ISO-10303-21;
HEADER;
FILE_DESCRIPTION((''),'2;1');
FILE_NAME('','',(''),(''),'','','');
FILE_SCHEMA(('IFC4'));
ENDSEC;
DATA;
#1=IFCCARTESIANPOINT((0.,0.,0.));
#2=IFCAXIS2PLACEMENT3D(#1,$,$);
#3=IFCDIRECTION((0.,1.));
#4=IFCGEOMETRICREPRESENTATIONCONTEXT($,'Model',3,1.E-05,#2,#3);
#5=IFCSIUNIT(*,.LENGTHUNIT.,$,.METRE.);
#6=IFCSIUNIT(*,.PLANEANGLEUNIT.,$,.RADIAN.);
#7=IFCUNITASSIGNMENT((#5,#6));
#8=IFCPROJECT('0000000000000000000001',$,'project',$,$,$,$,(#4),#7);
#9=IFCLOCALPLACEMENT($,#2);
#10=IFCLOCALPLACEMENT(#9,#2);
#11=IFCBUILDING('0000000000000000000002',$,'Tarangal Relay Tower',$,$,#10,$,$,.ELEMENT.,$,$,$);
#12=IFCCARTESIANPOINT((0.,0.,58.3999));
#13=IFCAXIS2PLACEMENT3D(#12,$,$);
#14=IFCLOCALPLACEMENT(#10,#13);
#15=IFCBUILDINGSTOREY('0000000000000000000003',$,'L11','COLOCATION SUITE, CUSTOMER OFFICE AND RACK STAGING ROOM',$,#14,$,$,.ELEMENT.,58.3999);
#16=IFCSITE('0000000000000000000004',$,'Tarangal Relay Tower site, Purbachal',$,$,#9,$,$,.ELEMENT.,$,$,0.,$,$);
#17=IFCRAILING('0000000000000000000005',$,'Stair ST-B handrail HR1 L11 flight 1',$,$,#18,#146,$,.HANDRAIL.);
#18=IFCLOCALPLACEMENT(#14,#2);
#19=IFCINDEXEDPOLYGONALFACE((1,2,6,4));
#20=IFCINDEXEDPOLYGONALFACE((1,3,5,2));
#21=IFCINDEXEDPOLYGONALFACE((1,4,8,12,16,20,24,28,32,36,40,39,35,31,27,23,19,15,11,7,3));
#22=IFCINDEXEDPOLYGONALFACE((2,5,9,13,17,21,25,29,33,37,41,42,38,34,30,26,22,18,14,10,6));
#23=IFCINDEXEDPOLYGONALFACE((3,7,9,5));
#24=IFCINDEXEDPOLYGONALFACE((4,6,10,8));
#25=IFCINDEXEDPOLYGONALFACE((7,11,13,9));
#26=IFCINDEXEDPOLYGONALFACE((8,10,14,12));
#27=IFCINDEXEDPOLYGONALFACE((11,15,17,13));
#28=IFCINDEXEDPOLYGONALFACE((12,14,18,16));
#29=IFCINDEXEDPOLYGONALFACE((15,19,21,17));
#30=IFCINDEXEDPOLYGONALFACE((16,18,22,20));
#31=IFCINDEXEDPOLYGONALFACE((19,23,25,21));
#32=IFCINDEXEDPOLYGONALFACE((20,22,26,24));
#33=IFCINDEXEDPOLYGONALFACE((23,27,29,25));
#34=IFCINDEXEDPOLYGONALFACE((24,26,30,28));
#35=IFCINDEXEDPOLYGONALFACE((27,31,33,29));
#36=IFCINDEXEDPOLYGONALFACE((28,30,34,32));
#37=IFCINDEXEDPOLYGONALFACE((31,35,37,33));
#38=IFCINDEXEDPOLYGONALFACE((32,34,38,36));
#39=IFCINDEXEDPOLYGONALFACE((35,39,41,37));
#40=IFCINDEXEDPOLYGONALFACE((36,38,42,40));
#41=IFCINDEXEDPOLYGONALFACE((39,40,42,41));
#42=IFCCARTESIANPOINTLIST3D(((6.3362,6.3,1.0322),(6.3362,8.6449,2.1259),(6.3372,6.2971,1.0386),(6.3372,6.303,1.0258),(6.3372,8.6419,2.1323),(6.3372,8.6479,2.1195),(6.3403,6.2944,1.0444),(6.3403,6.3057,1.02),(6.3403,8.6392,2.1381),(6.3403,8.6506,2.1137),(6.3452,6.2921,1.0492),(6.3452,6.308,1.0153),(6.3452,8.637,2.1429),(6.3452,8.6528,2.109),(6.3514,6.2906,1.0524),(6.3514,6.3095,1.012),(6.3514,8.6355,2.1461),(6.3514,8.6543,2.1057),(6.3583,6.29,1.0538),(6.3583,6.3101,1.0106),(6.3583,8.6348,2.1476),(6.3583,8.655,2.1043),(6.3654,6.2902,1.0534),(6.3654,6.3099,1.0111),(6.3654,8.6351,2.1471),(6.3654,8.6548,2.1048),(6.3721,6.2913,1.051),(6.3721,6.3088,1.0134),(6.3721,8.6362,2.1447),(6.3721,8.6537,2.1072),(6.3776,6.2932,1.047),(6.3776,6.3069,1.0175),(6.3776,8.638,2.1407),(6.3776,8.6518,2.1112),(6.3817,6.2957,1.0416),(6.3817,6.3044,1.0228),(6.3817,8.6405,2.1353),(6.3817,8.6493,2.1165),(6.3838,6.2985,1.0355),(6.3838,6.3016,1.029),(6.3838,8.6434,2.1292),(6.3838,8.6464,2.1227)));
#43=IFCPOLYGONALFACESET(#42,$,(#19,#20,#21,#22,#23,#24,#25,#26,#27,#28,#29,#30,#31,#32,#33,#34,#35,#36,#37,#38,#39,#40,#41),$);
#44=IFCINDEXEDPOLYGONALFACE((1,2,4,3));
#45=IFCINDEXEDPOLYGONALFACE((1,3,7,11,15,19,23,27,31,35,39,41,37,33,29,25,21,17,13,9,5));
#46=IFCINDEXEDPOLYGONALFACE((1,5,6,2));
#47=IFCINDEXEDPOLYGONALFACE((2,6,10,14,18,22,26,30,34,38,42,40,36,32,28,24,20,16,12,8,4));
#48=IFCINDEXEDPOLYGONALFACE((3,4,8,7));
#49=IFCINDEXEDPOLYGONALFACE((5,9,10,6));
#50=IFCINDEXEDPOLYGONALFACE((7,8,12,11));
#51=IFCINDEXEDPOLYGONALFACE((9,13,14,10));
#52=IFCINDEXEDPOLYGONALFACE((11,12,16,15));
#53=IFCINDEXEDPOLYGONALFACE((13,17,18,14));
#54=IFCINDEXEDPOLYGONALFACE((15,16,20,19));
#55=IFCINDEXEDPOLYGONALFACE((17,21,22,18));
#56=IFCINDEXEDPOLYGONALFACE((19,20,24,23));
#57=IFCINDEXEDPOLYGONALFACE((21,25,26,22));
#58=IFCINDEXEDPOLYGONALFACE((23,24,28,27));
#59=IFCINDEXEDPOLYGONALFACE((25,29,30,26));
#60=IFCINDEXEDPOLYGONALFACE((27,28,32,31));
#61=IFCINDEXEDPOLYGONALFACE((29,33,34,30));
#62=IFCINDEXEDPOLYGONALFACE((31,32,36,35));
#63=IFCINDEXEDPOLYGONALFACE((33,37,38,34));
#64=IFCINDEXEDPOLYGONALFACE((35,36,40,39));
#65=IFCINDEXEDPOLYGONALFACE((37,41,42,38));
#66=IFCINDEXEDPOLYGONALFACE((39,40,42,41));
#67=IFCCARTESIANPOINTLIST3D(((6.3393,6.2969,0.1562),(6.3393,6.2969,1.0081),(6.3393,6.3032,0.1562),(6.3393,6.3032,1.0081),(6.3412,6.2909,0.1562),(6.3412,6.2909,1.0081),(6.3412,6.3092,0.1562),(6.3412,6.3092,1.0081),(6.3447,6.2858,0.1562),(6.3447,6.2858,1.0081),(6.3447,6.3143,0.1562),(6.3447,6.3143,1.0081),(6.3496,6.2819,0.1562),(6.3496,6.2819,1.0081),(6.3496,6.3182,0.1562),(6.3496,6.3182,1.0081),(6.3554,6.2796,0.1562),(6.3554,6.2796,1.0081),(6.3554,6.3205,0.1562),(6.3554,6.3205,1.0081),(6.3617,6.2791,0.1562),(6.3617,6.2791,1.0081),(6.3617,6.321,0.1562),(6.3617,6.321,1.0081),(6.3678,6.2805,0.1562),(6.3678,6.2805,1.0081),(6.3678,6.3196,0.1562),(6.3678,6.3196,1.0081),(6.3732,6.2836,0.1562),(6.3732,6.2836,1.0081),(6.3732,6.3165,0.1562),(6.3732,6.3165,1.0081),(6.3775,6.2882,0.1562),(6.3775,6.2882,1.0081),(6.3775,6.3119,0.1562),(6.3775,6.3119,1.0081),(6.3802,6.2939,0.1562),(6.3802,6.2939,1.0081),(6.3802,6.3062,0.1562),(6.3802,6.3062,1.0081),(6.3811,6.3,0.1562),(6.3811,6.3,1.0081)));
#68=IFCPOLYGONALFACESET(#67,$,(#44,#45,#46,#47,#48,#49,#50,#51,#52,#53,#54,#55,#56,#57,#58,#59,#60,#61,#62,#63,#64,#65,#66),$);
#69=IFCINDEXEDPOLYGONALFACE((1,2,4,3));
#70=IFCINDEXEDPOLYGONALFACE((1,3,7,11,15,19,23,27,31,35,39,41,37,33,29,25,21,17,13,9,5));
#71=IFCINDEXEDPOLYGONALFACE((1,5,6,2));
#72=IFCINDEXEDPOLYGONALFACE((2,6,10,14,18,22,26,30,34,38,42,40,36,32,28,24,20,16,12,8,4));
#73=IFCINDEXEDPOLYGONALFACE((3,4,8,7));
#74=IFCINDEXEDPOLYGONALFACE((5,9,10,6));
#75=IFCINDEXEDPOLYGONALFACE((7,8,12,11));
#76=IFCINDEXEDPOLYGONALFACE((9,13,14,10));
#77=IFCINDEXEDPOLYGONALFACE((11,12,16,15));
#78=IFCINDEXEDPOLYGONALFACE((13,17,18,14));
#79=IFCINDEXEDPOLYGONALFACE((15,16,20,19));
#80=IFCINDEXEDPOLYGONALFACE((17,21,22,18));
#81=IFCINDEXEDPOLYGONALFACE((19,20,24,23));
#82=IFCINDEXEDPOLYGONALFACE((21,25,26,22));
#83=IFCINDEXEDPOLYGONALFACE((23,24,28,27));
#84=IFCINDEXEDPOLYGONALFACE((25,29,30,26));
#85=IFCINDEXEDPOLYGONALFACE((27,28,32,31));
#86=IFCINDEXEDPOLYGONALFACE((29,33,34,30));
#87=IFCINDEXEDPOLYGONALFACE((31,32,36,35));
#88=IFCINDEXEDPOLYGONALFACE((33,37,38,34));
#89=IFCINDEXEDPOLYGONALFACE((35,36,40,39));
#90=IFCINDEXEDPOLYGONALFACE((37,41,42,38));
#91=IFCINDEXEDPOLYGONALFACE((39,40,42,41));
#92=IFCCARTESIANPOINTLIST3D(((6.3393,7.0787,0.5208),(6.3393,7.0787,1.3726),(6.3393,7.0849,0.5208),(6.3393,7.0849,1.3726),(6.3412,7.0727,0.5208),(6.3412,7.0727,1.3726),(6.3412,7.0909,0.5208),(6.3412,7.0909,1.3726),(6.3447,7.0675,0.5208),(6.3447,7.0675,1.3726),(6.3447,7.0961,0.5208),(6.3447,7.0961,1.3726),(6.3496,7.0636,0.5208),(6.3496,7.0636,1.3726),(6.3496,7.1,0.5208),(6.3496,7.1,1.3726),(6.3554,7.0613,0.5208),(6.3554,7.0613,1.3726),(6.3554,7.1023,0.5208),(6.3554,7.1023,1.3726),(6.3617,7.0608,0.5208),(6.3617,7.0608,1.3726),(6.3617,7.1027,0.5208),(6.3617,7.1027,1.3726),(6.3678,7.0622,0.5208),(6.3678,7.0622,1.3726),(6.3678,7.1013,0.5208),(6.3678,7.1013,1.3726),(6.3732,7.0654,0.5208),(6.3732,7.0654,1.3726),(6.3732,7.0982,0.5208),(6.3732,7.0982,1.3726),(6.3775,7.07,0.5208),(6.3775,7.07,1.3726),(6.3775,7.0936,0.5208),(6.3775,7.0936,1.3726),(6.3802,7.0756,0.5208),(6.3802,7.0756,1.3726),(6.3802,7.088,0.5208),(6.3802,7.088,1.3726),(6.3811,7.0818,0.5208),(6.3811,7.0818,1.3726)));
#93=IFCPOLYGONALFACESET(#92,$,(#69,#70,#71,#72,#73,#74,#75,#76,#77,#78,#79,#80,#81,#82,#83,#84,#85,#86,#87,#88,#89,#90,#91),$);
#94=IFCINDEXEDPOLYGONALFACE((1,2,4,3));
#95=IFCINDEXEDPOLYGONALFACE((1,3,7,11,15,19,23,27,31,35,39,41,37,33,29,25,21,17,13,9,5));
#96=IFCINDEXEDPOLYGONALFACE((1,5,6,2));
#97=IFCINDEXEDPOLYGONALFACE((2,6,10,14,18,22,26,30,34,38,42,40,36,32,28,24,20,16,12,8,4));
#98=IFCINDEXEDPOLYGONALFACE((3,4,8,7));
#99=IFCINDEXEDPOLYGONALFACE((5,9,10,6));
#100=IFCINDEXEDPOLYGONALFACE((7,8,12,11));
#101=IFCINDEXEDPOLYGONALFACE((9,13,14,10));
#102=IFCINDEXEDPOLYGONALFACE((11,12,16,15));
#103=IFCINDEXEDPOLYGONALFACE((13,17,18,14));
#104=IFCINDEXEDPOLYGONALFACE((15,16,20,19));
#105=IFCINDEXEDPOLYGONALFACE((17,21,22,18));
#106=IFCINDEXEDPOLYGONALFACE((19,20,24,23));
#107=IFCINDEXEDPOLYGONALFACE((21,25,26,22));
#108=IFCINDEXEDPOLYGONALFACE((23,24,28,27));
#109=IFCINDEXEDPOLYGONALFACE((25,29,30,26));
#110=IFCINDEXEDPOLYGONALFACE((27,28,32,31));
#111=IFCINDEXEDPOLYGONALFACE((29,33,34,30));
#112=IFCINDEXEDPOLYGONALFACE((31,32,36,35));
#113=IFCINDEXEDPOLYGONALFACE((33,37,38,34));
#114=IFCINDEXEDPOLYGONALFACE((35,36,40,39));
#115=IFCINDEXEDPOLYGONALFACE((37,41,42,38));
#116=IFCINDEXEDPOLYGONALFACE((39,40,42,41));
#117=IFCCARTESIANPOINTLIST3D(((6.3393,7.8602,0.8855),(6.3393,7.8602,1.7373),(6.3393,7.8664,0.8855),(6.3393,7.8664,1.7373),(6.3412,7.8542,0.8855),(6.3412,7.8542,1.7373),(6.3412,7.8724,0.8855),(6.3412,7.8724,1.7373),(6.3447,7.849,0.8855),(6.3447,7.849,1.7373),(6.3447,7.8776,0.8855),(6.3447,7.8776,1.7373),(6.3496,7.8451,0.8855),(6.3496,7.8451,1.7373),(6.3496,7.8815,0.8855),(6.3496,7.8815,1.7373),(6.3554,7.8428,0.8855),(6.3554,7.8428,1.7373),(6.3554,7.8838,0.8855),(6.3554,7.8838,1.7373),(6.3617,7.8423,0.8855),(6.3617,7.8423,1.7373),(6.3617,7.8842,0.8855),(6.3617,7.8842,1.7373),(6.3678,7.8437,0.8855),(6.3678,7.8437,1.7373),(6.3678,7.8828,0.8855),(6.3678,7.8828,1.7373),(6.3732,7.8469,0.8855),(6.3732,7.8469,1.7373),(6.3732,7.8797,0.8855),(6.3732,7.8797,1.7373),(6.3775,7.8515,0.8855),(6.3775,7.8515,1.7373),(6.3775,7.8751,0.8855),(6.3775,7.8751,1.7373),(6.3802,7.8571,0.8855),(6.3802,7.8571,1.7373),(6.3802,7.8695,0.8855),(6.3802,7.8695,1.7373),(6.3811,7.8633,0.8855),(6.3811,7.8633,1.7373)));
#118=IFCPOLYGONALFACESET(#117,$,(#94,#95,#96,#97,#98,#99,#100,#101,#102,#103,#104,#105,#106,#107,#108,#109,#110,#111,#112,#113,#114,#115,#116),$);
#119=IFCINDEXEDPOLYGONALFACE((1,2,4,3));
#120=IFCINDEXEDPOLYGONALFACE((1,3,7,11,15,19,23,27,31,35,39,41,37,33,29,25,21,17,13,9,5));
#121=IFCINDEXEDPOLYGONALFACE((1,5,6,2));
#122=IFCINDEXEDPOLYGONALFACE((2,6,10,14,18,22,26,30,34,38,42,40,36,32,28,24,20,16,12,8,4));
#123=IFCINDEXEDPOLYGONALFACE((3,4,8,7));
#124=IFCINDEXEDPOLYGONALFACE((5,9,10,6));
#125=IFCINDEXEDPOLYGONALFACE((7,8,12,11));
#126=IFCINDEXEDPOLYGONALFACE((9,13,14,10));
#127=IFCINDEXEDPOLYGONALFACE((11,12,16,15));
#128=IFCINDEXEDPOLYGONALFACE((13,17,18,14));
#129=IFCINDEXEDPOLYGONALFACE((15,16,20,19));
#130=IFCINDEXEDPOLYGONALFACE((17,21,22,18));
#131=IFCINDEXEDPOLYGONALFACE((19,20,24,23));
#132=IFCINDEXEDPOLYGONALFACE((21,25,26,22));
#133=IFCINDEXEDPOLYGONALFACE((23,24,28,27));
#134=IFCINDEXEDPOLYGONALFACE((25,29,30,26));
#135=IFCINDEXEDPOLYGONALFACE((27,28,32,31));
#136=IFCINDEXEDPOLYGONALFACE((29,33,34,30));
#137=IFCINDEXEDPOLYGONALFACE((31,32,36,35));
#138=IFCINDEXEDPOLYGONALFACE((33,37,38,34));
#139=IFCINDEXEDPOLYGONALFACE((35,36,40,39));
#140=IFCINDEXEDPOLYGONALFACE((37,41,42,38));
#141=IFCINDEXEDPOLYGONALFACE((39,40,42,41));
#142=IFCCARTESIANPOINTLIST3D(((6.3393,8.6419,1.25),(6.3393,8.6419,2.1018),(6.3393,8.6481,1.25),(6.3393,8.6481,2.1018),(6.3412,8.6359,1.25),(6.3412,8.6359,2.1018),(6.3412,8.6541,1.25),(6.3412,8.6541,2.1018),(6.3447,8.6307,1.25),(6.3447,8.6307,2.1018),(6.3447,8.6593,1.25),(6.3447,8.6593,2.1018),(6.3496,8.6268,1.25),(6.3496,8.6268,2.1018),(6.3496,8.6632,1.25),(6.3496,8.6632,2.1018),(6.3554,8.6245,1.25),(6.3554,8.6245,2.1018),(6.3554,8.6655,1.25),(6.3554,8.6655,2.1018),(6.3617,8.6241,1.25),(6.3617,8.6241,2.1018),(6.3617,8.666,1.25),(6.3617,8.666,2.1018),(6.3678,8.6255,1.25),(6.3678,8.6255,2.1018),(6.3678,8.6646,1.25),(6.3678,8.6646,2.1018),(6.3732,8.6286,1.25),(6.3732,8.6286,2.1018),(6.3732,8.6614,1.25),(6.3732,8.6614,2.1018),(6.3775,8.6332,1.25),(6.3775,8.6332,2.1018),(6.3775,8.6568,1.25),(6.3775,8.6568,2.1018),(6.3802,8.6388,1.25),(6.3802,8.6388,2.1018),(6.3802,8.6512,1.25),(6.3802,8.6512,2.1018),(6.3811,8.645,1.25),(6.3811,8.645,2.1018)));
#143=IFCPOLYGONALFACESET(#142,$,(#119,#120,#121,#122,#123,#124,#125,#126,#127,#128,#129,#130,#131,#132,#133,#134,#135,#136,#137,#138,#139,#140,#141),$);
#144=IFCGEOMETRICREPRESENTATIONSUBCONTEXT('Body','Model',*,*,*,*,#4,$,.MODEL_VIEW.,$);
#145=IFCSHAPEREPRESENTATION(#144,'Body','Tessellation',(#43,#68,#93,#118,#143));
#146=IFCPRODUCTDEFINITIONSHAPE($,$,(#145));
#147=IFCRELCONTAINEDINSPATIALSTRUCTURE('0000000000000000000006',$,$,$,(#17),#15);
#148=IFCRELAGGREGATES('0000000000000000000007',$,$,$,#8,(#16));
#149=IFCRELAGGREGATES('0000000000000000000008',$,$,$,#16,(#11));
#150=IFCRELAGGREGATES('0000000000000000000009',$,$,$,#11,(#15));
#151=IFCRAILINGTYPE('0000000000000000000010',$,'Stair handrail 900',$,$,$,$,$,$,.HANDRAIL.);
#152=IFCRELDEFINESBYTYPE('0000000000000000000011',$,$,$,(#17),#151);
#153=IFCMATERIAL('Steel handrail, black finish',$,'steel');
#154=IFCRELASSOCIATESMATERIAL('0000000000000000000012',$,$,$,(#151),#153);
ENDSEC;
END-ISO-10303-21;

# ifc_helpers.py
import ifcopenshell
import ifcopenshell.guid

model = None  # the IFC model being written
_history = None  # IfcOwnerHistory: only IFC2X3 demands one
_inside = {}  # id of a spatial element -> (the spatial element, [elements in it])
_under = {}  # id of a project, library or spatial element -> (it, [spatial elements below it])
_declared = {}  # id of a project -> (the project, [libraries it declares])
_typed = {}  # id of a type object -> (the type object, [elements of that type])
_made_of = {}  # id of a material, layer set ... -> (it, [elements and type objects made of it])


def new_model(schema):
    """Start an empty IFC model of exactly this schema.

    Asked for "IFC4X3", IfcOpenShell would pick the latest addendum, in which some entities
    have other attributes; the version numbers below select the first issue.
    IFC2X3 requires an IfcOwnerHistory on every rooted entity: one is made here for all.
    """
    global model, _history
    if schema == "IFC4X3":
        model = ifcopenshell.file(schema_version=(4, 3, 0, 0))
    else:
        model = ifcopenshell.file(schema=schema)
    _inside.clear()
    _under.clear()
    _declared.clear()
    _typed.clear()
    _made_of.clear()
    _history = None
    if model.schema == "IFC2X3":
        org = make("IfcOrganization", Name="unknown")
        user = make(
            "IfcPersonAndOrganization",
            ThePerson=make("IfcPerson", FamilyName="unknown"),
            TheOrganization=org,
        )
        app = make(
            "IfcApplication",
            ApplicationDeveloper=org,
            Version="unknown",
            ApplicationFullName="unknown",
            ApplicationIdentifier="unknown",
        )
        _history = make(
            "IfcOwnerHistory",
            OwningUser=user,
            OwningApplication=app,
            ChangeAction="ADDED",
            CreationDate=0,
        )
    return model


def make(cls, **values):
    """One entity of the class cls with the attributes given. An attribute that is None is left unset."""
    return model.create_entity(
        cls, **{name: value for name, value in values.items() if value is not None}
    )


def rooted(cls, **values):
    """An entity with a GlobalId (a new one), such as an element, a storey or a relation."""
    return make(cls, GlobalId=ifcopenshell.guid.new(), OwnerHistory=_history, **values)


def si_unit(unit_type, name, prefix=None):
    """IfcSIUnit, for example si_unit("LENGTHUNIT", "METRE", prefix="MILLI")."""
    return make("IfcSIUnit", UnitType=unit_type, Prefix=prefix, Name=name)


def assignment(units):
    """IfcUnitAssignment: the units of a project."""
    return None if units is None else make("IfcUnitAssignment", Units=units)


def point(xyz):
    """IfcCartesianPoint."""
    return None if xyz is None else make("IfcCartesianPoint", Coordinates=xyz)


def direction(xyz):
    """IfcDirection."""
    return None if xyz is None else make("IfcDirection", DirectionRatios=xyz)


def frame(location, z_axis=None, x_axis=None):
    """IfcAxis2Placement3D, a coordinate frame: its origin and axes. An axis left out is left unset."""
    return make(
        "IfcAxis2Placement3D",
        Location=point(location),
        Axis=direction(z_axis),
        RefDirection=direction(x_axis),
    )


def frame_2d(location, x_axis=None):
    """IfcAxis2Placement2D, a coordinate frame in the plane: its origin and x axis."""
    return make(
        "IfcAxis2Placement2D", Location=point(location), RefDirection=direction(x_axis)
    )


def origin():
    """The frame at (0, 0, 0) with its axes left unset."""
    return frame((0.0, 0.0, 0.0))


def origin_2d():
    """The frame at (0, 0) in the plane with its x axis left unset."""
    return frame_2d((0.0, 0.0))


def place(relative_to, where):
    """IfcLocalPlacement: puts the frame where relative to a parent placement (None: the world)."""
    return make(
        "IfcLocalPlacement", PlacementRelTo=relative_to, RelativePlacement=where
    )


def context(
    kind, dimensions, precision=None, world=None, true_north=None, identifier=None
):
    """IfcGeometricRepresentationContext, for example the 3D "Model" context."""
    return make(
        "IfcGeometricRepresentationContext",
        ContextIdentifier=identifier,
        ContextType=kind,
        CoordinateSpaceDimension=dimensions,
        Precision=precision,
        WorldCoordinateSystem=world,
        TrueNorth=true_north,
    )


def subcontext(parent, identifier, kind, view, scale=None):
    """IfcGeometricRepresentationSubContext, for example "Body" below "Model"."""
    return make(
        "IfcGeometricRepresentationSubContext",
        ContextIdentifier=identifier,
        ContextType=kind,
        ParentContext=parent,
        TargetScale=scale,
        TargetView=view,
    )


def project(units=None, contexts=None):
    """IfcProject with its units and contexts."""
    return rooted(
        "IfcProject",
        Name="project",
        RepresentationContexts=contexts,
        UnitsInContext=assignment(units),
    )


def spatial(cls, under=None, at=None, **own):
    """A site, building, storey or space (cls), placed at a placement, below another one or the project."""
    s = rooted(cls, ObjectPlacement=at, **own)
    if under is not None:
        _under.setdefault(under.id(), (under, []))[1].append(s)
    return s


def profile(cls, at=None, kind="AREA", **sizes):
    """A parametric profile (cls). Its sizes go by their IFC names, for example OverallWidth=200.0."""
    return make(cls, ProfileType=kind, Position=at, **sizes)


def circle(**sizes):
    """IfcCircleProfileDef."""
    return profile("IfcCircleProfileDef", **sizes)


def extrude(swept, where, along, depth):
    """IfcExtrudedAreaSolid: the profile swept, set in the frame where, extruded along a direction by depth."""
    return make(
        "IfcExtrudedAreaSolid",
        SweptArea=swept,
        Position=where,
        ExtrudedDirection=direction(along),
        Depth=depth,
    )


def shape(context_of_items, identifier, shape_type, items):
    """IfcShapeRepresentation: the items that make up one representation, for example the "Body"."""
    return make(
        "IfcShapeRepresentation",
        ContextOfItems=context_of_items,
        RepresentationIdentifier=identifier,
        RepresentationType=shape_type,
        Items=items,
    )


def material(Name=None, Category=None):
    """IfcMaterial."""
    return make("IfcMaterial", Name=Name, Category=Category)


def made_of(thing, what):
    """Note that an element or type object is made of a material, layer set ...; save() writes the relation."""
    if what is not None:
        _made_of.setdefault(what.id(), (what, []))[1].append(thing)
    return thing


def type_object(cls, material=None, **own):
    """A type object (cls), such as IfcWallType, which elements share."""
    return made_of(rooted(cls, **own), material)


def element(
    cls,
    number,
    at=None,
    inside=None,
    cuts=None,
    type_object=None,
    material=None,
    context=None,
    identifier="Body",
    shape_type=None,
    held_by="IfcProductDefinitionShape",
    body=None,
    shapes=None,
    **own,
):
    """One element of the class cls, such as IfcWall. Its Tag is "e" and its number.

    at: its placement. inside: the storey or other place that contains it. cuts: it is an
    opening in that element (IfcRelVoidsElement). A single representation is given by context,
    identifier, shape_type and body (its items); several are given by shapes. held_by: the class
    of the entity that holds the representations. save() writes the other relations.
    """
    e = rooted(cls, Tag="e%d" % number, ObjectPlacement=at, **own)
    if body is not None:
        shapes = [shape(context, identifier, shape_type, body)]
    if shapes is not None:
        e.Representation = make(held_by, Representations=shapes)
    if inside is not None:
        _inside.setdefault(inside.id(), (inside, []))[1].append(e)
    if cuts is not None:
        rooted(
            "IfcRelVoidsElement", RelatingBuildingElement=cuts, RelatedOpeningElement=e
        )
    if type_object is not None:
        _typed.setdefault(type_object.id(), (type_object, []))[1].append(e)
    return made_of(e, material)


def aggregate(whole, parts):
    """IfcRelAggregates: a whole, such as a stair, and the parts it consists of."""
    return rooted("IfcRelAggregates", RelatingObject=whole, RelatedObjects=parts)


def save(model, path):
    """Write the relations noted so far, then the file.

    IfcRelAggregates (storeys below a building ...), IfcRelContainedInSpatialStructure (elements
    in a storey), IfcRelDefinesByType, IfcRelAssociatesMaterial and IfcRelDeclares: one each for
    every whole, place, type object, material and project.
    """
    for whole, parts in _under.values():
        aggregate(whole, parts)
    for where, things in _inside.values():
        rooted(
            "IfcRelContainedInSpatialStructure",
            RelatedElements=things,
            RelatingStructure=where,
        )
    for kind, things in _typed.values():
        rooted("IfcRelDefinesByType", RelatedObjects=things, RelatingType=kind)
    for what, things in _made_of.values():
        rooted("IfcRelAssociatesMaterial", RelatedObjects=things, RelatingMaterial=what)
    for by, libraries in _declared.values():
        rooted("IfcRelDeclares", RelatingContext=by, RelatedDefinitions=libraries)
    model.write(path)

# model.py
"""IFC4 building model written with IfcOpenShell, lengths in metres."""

from ifc_helpers import new_model, si_unit, direction, frame, origin, origin_2d, place, context, subcontext, project, spatial, circle, extrude, material, type_object, element, save


model = new_model("IFC4")

# Units and contexts
model_context = context("Model", 3, precision=1e-05, world=origin(), true_north=direction((0.0, 1.0)))
body_context = subcontext(model_context, "Body", "Model", "MODEL_VIEW")
ifc_project = project(units=[si_unit("LENGTHUNIT", "METRE"), si_unit("PLANEANGLEUNIT", "RADIAN")], contexts=[model_context])

# Site, building, storey
site_placement = place(None, origin())
site = spatial("IfcSite", under=ifc_project, at=site_placement, Name="Tarangal Relay Tower site, Purbachal", CompositionType="ELEMENT", RefElevation=0.0)
building_placement = place(site_placement, origin())
building = spatial("IfcBuilding", under=site, at=building_placement, Name="Tarangal Relay Tower", CompositionType="ELEMENT")
storey_placement = place(building_placement, frame((0.0, 0.0, 58.3999)))
storey = spatial("IfcBuildingStorey", under=building, at=storey_placement, Name="L11", Description="COLOCATION SUITE, CUSTOMER OFFICE AND RACK STAGING ROOM", CompositionType="ELEMENT", Elevation=58.3999)

# Railing
ifc_material_1 = material(Name="Steel handrail, black finish", Category="steel")
railing_type_1 = type_object("IfcRailingType", Name="Stair handrail 900", PredefinedType="HANDRAIL", material=ifc_material_1)
for number, where, name in (
    (1, (6.3601, 6.3, 0.1562), "Stair ST-B handrail HR1 L11 flight 1"),
):
    element("IfcRailing", number, at=place(storey_placement, frame(where)), inside=storey, type_object=railing_type_1, Name=name, PredefinedType="HANDRAIL", context=body_context, shape_type="SweptSolid", body=[
        extrude(circle(Radius=0.0239, at=origin_2d()), frame((0.0, 0.0, 0.876), z_axis=(0.0, 0.906267, 0.422705), x_axis=(-1.0, 0.0, 0.0)), (0.0, 0.0, 1.0), 2.5874),
        extrude(circle(Radius=0.021, at=origin_2d()), origin(), (0.0, 0.0, 1.0), 0.8518),
        extrude(circle(Radius=0.021, at=origin_2d()), frame((0.0, 0.7817, 0.3645)), (0.0, 0.0, 1.0), 0.8518),
        extrude(circle(Radius=0.021, at=origin_2d()), frame((0.0, 1.5632, 0.7292)), (0.0, 0.0, 1.0), 0.8518),
        extrude(circle(Radius=0.021, at=origin_2d()), frame((0.0, 2.345, 1.0938)), (0.0, 0.0, 1.0), 0.8518),
    ])

save(model, "model.ifc")
